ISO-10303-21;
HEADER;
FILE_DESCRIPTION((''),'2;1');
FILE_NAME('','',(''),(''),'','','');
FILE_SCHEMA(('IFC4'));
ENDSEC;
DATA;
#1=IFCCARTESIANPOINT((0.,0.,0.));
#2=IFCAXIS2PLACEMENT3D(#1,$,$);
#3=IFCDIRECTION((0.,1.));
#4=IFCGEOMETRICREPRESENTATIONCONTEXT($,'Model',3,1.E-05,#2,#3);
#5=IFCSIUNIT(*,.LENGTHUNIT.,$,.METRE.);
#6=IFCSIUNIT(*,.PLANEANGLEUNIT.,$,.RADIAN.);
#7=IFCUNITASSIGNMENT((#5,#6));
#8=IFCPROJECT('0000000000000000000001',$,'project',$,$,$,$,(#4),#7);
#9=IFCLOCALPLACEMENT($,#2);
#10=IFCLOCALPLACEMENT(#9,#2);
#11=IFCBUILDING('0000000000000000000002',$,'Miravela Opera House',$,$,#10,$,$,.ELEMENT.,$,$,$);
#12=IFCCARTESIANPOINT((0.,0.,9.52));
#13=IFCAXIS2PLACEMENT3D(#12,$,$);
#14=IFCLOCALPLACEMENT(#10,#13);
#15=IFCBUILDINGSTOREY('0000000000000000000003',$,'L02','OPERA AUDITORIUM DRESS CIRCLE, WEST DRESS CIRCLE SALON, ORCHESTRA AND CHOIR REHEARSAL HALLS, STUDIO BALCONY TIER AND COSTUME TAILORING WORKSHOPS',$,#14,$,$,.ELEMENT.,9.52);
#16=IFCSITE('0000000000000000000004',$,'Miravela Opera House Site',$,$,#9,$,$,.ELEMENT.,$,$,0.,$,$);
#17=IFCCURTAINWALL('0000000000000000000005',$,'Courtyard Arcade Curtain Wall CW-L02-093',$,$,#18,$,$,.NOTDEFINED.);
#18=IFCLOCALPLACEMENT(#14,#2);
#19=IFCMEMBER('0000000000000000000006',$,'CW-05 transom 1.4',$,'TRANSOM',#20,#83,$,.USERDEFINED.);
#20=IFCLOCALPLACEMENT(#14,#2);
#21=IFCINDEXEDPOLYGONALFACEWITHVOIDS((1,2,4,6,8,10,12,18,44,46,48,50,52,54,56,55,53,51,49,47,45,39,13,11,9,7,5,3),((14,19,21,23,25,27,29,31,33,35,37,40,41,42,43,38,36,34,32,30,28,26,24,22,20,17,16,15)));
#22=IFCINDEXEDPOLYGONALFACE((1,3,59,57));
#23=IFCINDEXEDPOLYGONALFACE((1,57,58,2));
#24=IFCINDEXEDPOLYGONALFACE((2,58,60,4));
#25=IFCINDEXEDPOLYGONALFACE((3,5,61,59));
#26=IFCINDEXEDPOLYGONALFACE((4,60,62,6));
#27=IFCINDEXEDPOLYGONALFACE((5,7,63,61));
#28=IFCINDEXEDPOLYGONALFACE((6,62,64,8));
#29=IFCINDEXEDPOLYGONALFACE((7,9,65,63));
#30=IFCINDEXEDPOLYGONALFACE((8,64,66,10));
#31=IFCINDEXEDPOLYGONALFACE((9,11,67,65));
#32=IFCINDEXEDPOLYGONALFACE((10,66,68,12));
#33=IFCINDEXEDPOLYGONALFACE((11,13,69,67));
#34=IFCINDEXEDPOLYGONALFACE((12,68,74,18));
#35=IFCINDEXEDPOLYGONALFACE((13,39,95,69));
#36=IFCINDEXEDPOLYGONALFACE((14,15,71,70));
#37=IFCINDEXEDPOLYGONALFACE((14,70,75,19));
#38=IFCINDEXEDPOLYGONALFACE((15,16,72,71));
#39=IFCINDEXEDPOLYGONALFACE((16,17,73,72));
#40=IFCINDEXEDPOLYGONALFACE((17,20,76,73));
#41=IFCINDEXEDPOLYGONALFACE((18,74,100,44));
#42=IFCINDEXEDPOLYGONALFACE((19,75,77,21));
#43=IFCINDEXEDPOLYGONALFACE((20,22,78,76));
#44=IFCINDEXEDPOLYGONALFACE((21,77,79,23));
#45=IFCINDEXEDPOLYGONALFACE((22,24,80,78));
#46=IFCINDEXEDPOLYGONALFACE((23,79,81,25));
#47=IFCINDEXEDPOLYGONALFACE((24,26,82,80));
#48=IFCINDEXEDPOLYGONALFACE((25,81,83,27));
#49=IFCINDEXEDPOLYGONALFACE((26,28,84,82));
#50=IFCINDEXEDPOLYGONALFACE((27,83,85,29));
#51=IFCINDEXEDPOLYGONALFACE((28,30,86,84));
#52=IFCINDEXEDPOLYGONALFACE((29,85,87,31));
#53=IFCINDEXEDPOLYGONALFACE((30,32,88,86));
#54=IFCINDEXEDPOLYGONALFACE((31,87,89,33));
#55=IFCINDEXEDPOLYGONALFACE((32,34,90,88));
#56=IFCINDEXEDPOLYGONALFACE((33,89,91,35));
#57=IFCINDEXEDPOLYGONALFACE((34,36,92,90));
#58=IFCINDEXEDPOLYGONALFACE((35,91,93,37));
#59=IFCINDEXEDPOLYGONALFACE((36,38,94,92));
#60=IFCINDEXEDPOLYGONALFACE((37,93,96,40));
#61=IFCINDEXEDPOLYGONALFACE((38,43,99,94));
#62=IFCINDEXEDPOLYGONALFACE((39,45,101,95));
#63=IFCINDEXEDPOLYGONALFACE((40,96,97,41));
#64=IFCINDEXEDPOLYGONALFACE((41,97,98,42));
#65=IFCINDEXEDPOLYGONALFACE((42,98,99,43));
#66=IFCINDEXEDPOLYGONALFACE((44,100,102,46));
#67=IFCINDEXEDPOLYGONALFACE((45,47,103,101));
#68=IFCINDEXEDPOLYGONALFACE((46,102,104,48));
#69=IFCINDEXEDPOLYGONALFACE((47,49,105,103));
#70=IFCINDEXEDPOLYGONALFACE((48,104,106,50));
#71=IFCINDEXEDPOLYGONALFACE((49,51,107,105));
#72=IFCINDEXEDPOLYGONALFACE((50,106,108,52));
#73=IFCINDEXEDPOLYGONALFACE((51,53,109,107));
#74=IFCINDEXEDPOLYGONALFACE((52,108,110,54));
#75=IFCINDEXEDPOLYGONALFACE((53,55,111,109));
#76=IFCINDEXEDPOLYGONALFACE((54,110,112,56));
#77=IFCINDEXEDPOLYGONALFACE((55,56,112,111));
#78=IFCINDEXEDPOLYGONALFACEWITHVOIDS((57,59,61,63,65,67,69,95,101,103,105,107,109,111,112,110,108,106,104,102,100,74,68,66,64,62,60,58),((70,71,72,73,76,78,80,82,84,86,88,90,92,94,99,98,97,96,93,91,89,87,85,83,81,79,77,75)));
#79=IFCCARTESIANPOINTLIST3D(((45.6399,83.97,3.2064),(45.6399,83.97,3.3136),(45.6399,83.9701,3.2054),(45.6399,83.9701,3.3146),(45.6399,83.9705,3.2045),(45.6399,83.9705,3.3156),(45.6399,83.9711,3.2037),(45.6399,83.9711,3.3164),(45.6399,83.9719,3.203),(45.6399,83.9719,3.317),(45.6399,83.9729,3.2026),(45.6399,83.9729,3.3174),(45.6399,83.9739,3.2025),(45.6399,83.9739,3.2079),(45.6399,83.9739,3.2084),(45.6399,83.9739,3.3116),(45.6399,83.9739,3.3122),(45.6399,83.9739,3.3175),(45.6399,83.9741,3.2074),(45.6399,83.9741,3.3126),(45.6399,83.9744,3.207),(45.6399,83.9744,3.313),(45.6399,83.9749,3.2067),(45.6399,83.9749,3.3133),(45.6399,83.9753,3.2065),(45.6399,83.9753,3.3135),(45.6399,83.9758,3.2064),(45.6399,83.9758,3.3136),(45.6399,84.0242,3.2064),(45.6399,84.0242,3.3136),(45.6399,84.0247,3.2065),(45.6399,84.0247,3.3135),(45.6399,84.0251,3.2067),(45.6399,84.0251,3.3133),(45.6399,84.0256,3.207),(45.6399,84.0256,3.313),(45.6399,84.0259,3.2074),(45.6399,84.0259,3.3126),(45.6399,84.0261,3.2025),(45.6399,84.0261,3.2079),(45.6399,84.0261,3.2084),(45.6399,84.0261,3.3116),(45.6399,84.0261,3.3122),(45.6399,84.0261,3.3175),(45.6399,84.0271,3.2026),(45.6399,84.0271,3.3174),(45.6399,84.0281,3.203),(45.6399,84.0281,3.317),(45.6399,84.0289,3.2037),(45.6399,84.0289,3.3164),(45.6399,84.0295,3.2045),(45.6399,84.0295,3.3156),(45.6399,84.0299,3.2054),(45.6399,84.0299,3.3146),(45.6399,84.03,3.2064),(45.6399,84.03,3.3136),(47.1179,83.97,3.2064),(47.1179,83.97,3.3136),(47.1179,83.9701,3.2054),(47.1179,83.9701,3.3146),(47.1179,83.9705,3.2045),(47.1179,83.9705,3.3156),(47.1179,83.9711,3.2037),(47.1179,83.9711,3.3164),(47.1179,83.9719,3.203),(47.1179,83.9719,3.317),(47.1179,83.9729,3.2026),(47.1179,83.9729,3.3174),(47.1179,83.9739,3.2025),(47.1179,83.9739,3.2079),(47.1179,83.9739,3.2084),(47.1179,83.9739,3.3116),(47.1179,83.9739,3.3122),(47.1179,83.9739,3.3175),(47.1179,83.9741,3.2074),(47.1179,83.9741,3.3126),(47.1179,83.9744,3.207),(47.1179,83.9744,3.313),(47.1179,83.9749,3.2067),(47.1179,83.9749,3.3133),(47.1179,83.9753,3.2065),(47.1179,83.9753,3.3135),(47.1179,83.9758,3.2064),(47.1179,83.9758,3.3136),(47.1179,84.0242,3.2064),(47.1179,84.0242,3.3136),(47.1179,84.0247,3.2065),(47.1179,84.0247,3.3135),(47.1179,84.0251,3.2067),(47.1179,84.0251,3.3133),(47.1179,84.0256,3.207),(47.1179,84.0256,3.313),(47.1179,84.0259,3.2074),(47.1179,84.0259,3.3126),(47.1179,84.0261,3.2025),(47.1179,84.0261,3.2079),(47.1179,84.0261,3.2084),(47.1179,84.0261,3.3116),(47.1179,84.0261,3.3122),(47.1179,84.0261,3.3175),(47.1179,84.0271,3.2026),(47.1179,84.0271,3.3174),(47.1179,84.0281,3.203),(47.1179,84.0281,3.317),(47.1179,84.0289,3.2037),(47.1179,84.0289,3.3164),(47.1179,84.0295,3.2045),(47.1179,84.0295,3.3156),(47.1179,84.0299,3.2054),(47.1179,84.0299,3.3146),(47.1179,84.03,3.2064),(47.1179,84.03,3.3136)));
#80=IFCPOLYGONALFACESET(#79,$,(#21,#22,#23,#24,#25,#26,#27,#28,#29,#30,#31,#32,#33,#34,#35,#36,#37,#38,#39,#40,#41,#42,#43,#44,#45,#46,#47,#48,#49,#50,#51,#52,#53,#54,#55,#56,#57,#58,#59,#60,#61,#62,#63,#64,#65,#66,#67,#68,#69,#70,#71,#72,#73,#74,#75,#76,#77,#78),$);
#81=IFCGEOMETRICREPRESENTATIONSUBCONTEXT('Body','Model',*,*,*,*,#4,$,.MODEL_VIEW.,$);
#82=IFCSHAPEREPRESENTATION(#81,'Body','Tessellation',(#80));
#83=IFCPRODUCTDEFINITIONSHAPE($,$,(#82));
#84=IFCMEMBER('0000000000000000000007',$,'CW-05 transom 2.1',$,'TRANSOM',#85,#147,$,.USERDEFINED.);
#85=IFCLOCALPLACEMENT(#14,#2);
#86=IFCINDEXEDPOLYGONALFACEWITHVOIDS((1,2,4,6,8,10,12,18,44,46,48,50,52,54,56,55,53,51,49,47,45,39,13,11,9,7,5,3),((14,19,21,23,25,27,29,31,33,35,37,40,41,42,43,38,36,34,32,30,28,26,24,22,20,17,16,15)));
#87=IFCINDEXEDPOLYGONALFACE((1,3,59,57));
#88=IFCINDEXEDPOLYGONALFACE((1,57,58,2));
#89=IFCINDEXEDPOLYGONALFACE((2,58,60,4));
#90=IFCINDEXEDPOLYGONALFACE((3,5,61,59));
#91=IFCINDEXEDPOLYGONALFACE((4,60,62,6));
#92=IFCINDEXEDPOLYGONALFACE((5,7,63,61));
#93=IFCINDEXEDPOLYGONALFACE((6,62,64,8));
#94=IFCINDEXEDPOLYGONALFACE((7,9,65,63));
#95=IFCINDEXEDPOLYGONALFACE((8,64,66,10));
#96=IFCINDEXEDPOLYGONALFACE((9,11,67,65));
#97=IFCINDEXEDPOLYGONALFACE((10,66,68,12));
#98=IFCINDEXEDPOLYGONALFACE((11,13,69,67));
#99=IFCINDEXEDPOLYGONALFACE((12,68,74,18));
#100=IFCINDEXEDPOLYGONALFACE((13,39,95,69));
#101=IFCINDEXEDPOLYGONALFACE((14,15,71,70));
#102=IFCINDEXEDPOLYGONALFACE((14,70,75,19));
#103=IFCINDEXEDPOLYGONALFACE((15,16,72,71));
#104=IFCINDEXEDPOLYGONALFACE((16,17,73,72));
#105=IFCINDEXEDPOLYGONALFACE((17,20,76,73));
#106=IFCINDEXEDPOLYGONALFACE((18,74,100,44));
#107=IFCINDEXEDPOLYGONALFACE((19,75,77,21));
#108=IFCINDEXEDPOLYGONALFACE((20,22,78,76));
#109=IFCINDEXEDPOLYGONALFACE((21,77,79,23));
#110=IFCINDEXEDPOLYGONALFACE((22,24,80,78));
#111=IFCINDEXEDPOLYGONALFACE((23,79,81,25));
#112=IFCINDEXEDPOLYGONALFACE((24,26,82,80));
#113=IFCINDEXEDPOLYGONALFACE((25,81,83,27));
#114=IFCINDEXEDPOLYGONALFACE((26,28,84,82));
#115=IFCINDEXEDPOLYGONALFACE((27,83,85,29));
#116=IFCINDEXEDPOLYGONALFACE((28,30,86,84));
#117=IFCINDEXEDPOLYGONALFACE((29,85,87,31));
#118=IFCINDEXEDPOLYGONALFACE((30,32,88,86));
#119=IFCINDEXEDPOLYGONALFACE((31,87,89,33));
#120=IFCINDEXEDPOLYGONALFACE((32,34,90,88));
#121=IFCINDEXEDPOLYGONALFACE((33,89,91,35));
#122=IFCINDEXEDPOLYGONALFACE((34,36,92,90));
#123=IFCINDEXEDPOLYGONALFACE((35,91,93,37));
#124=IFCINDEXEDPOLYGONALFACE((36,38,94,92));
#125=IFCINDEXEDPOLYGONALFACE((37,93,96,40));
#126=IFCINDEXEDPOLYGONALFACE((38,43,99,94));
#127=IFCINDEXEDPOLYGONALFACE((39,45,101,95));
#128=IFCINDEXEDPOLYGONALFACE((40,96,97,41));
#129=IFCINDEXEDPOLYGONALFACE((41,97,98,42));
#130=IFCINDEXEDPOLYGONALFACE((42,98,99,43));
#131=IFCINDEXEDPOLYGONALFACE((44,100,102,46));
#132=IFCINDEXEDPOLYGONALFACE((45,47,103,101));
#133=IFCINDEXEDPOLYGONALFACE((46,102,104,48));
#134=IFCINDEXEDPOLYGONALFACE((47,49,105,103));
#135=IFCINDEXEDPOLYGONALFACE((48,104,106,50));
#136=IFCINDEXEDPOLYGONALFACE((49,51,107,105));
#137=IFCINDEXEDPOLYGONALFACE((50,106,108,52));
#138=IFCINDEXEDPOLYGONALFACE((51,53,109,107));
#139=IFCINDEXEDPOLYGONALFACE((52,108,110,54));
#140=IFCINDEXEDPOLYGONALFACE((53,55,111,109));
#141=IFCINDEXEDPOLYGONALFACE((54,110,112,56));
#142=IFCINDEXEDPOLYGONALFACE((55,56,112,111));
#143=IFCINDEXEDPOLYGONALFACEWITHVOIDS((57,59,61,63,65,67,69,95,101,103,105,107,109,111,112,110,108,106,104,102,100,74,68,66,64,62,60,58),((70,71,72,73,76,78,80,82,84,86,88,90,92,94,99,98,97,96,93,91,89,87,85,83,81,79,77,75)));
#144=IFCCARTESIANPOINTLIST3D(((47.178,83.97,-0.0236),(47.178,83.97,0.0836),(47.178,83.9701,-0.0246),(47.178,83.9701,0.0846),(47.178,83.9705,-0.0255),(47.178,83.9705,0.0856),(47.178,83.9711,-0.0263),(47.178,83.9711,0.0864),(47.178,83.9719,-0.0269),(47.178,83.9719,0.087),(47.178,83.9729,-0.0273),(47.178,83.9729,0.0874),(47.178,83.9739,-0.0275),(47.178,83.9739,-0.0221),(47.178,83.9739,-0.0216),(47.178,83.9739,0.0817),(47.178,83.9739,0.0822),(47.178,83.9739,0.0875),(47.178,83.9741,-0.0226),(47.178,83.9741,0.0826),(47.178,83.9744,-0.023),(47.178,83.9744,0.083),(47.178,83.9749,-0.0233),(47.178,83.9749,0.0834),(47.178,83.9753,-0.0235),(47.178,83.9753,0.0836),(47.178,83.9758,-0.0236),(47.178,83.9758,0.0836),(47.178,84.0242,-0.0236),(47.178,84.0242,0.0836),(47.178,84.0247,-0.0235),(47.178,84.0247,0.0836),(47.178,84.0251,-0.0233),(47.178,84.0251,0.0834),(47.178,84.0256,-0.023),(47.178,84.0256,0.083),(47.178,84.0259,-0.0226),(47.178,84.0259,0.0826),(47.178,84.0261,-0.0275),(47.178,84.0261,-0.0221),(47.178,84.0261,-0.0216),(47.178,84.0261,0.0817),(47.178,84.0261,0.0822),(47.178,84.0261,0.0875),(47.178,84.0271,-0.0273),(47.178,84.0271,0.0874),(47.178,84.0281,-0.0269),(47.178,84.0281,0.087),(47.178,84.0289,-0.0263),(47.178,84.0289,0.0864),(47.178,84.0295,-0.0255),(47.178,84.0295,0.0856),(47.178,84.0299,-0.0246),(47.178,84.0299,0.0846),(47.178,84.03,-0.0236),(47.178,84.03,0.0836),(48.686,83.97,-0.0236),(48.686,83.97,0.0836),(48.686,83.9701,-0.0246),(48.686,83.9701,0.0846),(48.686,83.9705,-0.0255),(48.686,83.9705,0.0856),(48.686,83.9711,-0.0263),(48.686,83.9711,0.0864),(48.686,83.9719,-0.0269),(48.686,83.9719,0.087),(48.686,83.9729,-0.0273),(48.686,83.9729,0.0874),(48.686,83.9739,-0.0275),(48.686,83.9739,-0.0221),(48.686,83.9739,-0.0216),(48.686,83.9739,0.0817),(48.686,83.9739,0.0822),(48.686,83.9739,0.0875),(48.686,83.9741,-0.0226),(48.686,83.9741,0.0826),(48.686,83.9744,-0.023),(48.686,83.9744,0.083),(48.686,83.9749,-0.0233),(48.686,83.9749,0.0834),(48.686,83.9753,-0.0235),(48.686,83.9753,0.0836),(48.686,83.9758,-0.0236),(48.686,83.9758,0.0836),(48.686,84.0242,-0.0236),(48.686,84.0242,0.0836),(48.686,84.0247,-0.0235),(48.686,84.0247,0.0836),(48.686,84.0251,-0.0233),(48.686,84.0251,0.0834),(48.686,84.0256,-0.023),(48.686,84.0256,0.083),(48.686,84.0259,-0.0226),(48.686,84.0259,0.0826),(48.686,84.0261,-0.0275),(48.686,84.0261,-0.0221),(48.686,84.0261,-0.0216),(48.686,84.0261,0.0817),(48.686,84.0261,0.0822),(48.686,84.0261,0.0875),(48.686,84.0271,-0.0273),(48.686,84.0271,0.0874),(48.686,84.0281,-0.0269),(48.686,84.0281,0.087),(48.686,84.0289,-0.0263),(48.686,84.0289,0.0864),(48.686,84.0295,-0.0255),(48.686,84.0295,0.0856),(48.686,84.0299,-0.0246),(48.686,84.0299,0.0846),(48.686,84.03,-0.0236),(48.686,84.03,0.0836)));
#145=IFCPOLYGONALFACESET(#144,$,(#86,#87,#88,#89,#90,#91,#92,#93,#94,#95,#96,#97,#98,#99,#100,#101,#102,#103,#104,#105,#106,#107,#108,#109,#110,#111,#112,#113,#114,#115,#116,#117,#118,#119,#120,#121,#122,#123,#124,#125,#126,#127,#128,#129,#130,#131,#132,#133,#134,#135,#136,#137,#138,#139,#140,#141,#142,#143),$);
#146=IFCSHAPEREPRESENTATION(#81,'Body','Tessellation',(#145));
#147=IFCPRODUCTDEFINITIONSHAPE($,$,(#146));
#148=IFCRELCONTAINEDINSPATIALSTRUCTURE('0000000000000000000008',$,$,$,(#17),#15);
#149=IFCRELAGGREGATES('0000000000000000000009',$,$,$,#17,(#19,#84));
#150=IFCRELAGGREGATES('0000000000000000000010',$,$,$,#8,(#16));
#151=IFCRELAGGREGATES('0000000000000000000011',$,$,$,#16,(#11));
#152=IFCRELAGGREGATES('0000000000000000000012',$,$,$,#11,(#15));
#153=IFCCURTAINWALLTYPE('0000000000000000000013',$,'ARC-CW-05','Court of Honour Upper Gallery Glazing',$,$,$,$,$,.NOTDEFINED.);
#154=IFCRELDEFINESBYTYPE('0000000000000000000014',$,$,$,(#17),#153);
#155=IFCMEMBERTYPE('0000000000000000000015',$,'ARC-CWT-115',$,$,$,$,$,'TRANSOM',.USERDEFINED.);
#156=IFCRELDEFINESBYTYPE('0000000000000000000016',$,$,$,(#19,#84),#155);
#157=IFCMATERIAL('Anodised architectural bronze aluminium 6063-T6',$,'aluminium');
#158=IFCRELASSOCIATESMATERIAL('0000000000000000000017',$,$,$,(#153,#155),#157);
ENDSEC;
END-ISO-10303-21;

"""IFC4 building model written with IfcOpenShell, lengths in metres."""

from ifc_helpers import new_model, si_unit, direction, frame, origin, origin_2d, place, context, subcontext, project, spatial, hollow_rectangle, extrude, material, material_profile, profile_set, type_object, element, aggregate, save


model = new_model("IFC4")

# Units and contexts
model_context = context("Model", 3, precision=1e-05, world=origin(), true_north=direction((0.0, 1.0)))
body_context = subcontext(model_context, "Body", "Model", "MODEL_VIEW")
ifc_project = project(units=[si_unit("LENGTHUNIT", "METRE"), si_unit("PLANEANGLEUNIT", "RADIAN")], contexts=[model_context])

# Site, building, storey
site_placement = place(None, origin())
site = spatial("IfcSite", under=ifc_project, at=site_placement, Name="Miravela Opera House Site", CompositionType="ELEMENT", RefElevation=0.0)
building_placement = place(site_placement, origin())
building = spatial("IfcBuilding", under=site, at=building_placement, Name="Miravela Opera House", CompositionType="ELEMENT")
storey_placement = place(building_placement, frame((0.0, 0.0, 9.52)))
storey = spatial("IfcBuildingStorey", under=building, at=storey_placement, Name="L02", Description="OPERA AUDITORIUM DRESS CIRCLE, WEST DRESS CIRCLE SALON, ORCHESTRA AND CHOIR REHEARSAL HALLS, STUDIO BALCONY TIER AND COSTUME TAILORING WORKSHOPS", CompositionType="ELEMENT", Elevation=9.52)

# Shared definitions
ifc_material_1 = material(Name="Anodised architectural bronze aluminium 6063-T6", Category="aluminium")
curtain_wall_type = type_object("IfcCurtainWallType", Name="ARC-CW-05", Description="Court of Honour Upper Gallery Glazing", PredefinedType="NOTDEFINED", material=ifc_material_1)

# Curtain wall, members
curtain_wall_1_placement = place(storey_placement, origin())
curtain_wall_1 = element("IfcCurtainWall", 1, at=curtain_wall_1_placement, inside=storey, type_object=curtain_wall_type, Name="Courtyard Arcade Curtain Wall CW-L02-093", PredefinedType="NOTDEFINED")
ifc_material_profile_1 = material_profile(ifc_material_1, hollow_rectangle(XDim=0.0601, YDim=0.115, WallThickness=0.0039, InnerFilletRadius=0.002, OuterFilletRadius=0.0039, at=origin_2d()), Name="CWT-60X115")
ifc_profile_set_1 = profile_set([ifc_material_profile_1])
member_type_1 = type_object("IfcMemberType", Name="ARC-CWT-115", ElementType="TRANSOM", PredefinedType="USERDEFINED", material=ifc_profile_set_1)
member_1_placement = place(storey_placement, frame((45.6399, 84.0, 3.26), z_axis=(1.0, 0.0, 0.0), x_axis=(0.0, 1.0, 0.0)))
member_1 = element("IfcMember", 2, at=member_1_placement, type_object=member_type_1, Name="CW-05 transom 1.4", ObjectType="TRANSOM", PredefinedType="USERDEFINED", context=body_context, shape_type="SweptSolid", body=[
    extrude(hollow_rectangle(XDim=0.0601, YDim=0.115, WallThickness=0.0039, InnerFilletRadius=0.002, OuterFilletRadius=0.0039, at=origin_2d()), origin(), (0.0, 0.0, 1.0), 1.478),
])
member_2_placement = place(storey_placement, frame((47.178, 84.0, 0.03), z_axis=(1.0, 0.0, 0.0), x_axis=(0.0, 1.0, 0.0)))
member_2 = element("IfcMember", 3, at=member_2_placement, type_object=member_type_1, Name="CW-05 transom 2.1", ObjectType="TRANSOM", PredefinedType="USERDEFINED", context=body_context, shape_type="SweptSolid", body=[
    extrude(hollow_rectangle(XDim=0.0601, YDim=0.115, WallThickness=0.0039, InnerFilletRadius=0.002, OuterFilletRadius=0.0039, at=origin_2d()), origin(), (0.0, 0.0, 1.0), 1.5081),
])

aggregate(curtain_wall_1, [member_1, member_2])

save(model, "model.ifc")
